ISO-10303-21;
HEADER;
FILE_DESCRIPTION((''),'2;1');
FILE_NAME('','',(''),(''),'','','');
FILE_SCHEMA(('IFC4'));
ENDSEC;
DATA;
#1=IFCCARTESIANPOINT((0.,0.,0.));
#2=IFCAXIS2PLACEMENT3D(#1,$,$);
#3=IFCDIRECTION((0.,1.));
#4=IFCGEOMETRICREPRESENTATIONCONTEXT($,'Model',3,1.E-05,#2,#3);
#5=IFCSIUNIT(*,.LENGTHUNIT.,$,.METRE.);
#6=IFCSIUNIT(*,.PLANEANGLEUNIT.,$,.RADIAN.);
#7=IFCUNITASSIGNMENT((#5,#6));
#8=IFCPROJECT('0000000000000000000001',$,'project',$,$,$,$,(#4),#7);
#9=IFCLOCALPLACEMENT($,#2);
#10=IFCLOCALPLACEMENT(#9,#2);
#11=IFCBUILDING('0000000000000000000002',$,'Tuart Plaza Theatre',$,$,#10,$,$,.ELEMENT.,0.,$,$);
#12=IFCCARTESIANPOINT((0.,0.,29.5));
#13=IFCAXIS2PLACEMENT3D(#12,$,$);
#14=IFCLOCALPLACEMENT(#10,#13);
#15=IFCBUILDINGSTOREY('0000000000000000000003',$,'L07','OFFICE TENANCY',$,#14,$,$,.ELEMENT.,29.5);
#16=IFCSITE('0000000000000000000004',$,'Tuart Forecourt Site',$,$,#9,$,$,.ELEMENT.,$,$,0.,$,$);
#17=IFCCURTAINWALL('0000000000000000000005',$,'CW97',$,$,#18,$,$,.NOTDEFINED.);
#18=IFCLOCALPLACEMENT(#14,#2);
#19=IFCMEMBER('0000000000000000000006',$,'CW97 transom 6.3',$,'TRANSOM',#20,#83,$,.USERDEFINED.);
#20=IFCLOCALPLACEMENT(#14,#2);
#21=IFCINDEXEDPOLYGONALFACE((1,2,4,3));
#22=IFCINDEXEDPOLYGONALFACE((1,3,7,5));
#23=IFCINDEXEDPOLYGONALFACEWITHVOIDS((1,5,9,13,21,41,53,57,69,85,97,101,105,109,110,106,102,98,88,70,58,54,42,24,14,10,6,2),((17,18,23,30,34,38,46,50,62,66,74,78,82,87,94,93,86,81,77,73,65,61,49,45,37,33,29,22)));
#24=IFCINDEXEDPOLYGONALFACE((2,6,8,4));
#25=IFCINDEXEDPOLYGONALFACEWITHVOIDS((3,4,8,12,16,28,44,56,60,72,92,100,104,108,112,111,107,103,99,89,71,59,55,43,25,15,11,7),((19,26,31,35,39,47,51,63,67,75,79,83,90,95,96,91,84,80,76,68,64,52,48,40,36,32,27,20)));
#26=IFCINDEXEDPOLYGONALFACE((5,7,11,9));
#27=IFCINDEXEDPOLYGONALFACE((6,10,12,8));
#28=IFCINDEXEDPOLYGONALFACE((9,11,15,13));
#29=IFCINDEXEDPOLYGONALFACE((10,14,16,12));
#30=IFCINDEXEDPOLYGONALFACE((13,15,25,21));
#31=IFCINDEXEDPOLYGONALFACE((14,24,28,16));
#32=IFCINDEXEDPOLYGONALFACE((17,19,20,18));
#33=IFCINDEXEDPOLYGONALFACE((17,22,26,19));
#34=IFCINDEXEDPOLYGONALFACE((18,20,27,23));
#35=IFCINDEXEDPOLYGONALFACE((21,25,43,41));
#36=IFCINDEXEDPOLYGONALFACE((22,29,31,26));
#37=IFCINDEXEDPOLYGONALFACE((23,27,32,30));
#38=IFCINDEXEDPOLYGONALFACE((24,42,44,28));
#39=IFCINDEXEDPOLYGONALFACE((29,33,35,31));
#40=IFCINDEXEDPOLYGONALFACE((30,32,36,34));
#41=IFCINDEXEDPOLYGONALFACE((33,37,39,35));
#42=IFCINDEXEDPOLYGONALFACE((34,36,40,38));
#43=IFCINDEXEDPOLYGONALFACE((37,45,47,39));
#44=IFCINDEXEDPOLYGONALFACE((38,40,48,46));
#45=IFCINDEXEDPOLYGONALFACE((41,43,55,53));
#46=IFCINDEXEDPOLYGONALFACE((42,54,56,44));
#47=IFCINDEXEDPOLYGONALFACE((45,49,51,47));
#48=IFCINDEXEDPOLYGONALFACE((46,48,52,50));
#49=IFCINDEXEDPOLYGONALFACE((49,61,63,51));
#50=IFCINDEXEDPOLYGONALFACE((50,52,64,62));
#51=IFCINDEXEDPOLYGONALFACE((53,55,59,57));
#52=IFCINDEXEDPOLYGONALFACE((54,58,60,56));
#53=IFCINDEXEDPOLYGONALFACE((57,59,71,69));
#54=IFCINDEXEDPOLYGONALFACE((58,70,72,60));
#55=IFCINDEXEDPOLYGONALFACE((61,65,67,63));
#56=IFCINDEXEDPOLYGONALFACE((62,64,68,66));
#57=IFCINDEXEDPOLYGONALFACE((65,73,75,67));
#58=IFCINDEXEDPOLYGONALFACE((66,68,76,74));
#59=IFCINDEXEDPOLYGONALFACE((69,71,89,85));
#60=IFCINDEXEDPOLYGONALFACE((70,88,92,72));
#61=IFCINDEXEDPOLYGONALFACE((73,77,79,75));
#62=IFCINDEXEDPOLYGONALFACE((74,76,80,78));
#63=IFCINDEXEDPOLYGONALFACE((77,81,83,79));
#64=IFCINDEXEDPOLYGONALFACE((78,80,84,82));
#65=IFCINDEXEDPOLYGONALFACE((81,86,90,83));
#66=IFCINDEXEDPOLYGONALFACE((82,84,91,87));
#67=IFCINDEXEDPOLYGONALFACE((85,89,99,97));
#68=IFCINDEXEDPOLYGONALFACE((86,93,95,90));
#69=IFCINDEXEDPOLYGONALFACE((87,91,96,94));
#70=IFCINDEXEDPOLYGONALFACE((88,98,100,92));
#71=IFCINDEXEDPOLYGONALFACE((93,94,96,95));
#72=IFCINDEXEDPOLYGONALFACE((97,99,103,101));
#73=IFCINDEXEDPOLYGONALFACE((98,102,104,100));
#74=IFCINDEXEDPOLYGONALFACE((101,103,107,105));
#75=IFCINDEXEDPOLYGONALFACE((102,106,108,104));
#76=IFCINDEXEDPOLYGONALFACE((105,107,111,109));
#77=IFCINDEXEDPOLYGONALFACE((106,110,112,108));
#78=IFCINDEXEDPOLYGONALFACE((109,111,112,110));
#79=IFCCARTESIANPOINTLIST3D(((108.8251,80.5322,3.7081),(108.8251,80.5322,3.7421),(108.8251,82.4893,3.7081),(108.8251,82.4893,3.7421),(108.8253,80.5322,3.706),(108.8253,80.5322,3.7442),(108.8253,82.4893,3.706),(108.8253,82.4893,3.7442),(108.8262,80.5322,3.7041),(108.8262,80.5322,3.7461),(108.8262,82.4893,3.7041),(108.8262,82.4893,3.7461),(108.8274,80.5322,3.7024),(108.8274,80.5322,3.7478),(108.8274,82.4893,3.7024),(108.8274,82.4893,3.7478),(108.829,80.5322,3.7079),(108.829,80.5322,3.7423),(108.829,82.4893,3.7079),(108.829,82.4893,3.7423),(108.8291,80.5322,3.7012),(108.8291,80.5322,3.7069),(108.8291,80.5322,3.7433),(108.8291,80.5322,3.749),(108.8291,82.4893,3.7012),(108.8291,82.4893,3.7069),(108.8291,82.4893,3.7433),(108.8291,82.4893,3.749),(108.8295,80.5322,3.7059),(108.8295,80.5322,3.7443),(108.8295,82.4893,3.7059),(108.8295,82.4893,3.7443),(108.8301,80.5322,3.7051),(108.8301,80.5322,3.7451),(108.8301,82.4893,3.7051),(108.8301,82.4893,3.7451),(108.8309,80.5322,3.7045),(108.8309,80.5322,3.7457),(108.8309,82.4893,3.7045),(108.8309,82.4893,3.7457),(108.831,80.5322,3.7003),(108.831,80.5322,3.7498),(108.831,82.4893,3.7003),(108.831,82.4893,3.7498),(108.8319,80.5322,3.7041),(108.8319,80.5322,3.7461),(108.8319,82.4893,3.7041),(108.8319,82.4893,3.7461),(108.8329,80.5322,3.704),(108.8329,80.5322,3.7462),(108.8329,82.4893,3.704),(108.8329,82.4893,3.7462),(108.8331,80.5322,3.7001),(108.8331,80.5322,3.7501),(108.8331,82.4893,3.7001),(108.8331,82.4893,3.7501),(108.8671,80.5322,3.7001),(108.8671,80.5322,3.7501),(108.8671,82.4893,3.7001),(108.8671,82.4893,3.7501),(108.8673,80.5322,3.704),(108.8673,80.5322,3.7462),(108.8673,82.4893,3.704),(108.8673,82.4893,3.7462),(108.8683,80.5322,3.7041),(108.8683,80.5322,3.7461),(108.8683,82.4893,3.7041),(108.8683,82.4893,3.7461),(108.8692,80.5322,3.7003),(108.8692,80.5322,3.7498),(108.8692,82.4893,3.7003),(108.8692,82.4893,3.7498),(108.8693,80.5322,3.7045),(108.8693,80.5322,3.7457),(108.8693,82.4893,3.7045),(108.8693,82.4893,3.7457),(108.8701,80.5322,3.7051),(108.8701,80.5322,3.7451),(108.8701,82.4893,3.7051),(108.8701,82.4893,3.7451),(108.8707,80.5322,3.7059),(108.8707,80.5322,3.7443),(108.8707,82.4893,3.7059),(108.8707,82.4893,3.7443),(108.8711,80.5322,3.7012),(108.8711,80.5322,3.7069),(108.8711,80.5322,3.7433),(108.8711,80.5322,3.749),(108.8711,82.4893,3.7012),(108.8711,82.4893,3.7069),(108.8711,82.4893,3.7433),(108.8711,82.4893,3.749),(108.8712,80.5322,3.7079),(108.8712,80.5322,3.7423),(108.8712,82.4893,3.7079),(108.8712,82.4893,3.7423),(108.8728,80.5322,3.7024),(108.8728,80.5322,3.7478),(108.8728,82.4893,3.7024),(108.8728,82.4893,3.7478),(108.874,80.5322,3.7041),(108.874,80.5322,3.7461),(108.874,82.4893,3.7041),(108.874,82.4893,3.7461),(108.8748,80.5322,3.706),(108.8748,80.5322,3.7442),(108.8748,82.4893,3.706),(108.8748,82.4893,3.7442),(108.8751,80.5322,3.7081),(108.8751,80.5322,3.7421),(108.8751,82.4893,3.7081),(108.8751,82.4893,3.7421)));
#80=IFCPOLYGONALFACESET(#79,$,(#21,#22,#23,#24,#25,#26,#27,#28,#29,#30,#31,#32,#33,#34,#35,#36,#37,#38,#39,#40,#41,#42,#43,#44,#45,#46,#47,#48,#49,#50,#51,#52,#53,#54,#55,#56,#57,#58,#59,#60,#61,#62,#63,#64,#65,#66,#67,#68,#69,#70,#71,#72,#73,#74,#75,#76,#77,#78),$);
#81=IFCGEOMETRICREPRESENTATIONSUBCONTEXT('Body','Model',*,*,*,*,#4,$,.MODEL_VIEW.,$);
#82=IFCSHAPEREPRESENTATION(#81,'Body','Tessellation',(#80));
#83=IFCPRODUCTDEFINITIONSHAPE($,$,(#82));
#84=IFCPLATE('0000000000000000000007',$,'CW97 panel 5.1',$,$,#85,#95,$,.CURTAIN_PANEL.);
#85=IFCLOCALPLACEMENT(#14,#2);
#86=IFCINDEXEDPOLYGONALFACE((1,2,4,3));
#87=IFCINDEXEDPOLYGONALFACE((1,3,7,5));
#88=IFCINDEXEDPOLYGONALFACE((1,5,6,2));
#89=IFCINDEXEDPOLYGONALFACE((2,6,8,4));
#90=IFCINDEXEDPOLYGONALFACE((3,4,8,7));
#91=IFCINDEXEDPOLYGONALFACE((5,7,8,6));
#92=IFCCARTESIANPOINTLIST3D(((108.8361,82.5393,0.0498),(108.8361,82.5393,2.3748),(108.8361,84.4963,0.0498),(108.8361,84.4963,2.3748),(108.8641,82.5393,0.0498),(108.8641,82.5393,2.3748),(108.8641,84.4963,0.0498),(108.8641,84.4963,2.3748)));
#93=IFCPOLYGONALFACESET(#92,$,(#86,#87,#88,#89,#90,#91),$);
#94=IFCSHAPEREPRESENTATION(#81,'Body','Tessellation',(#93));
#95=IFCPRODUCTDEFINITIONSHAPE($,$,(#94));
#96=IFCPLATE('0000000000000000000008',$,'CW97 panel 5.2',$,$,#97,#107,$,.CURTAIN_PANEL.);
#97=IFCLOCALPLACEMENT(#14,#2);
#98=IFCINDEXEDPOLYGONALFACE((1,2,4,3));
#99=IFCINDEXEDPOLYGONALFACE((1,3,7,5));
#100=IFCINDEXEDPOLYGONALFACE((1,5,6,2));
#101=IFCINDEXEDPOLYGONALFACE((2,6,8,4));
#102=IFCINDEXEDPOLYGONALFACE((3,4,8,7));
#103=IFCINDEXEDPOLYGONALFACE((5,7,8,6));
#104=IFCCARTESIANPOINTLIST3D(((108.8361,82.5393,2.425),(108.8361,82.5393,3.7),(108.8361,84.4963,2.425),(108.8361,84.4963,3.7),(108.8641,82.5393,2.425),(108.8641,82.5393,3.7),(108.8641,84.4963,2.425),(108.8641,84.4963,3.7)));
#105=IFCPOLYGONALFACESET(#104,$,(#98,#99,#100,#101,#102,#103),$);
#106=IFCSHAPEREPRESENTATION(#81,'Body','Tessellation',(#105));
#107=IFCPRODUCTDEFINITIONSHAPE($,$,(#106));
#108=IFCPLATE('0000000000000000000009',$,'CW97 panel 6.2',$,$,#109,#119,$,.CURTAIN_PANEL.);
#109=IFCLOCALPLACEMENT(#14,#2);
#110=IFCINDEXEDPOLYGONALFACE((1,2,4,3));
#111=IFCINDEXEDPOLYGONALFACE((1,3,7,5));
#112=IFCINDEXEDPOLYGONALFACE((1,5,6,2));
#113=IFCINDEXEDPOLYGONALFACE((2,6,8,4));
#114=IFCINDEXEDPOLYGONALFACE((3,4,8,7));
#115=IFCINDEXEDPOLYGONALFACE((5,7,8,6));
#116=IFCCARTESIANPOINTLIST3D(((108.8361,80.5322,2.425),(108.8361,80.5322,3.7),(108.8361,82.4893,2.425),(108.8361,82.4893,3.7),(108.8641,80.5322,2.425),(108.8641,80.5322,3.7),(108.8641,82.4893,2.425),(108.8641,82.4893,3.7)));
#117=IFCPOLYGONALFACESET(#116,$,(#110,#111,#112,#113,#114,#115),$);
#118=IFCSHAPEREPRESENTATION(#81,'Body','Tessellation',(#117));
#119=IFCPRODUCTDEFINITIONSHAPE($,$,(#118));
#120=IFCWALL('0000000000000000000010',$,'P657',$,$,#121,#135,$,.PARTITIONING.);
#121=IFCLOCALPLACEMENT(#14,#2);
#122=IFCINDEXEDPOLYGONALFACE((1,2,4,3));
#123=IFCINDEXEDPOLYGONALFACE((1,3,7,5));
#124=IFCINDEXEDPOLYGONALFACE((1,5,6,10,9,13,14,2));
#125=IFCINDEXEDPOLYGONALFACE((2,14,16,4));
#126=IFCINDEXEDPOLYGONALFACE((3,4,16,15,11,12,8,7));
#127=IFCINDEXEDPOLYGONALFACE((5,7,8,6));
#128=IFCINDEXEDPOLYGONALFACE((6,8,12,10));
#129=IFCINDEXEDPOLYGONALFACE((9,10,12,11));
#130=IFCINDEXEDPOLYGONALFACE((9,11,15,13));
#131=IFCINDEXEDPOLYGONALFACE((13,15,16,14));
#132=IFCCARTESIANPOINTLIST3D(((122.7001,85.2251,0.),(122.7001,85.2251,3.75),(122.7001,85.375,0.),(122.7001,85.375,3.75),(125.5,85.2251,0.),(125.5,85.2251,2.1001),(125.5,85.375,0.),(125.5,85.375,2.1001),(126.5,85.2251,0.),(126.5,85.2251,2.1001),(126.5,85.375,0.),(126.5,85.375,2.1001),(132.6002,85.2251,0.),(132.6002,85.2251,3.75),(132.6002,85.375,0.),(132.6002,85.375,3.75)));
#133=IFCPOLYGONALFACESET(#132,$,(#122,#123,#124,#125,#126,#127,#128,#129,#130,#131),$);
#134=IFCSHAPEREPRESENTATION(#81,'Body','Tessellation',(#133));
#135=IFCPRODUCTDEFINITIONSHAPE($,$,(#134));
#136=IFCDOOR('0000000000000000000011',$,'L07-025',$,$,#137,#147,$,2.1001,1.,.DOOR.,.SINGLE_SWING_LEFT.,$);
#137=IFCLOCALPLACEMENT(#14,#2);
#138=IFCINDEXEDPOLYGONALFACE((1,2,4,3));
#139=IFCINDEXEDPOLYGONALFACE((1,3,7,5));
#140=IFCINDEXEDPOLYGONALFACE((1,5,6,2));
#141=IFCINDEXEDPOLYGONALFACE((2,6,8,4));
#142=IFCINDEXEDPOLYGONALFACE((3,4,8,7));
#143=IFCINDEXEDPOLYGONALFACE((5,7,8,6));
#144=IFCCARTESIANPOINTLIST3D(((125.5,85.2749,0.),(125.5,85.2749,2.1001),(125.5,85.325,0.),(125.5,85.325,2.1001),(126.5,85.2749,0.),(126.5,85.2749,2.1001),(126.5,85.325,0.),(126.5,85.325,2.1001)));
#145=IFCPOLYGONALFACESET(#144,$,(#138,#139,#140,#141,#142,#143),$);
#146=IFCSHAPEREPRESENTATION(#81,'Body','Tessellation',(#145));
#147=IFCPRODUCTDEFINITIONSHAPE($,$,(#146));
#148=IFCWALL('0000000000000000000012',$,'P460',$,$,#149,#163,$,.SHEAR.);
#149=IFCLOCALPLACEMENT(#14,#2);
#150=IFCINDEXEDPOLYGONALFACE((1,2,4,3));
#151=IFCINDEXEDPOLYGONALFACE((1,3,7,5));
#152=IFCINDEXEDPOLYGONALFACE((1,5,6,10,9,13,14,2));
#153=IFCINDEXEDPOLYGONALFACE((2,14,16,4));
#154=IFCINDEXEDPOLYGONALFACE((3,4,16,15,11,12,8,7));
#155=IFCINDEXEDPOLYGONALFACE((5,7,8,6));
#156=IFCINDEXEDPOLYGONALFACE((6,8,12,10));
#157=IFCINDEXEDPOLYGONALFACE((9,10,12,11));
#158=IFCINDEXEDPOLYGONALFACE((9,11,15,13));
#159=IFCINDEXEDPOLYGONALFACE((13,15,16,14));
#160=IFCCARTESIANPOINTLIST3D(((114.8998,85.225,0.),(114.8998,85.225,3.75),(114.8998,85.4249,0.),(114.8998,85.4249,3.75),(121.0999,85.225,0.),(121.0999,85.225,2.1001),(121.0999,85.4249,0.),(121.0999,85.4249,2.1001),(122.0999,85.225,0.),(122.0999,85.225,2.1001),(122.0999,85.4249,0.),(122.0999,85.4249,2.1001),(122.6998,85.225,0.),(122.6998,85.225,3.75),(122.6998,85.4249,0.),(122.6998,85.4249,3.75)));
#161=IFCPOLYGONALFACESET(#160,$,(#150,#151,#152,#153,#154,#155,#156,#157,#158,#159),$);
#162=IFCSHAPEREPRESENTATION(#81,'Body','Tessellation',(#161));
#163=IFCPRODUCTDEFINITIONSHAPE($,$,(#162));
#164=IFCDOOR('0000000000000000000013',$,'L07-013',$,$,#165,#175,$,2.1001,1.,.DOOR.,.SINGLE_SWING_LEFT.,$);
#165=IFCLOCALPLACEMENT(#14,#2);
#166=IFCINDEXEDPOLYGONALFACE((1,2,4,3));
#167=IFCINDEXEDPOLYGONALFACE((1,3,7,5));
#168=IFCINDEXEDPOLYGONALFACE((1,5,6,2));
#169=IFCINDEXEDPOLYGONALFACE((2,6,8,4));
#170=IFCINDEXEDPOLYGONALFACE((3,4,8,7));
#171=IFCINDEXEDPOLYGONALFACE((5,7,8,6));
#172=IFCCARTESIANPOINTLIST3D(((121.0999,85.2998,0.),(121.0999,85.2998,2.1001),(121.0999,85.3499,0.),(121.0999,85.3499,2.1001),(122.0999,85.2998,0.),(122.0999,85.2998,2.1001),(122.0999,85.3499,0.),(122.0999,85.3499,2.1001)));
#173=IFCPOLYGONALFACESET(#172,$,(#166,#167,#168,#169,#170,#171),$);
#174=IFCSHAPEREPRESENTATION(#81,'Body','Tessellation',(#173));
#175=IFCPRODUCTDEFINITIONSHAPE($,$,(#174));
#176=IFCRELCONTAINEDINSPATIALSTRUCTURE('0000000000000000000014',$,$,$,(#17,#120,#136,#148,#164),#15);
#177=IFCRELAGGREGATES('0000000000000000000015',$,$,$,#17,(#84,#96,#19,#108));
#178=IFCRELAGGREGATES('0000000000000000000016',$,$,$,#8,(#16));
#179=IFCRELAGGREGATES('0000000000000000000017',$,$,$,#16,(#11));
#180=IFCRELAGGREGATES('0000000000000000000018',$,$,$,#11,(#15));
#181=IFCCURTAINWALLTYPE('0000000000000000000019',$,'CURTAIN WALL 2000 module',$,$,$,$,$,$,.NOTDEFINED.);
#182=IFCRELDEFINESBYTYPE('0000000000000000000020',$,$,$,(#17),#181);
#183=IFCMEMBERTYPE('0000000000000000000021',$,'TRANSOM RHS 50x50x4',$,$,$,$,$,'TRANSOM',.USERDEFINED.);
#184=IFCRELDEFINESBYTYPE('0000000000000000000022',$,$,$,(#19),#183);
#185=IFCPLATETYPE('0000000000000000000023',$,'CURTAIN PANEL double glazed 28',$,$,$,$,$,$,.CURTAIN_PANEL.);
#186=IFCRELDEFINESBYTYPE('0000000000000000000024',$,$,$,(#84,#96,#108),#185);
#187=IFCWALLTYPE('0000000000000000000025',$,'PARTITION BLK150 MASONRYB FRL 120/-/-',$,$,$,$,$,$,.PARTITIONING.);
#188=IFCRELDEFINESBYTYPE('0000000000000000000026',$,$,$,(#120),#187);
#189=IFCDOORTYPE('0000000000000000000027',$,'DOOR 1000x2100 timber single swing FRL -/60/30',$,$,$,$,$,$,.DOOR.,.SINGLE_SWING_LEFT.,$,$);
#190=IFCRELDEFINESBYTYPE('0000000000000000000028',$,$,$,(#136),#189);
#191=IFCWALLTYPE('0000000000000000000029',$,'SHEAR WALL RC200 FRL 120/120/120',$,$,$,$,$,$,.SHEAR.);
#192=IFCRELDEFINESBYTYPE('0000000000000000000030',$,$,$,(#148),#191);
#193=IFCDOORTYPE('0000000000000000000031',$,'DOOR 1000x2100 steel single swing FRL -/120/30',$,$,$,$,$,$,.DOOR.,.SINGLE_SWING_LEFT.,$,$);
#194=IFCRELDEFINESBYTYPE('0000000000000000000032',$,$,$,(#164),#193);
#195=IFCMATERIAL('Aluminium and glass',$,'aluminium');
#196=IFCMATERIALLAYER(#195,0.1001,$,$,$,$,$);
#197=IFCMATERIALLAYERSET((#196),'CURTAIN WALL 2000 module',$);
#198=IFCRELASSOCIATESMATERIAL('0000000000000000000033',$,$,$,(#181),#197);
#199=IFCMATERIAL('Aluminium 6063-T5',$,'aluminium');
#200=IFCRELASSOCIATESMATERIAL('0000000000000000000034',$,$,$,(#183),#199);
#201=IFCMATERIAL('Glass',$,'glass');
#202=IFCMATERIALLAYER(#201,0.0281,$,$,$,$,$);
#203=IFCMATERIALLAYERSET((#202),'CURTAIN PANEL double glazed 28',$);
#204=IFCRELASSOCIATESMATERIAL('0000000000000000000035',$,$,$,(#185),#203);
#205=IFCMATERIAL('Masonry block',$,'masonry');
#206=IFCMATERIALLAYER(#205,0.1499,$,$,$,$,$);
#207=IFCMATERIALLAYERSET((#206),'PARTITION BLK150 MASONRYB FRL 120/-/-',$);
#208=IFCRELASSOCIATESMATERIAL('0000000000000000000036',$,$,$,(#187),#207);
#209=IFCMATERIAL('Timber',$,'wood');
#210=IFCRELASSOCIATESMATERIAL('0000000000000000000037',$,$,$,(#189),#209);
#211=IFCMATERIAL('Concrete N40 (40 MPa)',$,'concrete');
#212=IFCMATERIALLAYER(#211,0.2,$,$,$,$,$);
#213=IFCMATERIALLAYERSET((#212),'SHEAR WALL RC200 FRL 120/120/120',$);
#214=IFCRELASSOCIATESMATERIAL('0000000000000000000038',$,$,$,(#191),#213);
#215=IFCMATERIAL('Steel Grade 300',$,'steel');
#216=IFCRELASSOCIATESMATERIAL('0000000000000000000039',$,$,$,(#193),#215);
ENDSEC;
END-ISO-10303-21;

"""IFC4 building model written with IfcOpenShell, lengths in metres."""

from ifc_helpers import new_model, si_unit, direction, frame, frame_2d, origin, origin_2d, place, context, subcontext, project, spatial, rectangle, hollow_rectangle, extrude, material, layer, layer_set, material_profile, profile_set, type_object, element, fill, aggregate, save


model = new_model("IFC4")

# Units and contexts
model_context = context("Model", 3, precision=1e-05, world=origin(), true_north=direction((0.0, 1.0)))
body_context = subcontext(model_context, "Body", "Model", "MODEL_VIEW")
ifc_project = project(units=[si_unit("LENGTHUNIT", "METRE"), si_unit("PLANEANGLEUNIT", "RADIAN")], contexts=[model_context])

# Site, building, storey
site_placement = place(None, origin())
site = spatial("IfcSite", under=ifc_project, at=site_placement, Name="Tuart Forecourt Site", CompositionType="ELEMENT", RefElevation=0.0)
building_placement = place(site_placement, origin())
building = spatial("IfcBuilding", under=site, at=building_placement, Name="Tuart Plaza Theatre", CompositionType="ELEMENT", ElevationOfRefHeight=0.0)
storey_placement = place(building_placement, frame((0.0, 0.0, 29.5)))
storey = spatial("IfcBuildingStorey", under=building, at=storey_placement, Name="L07", Description="OFFICE TENANCY", CompositionType="ELEMENT", Elevation=29.5)

# Curtain wall, member, plates
ifc_material_1 = material(Name="Aluminium and glass", Category="aluminium")
ifc_layer_1 = layer(ifc_material_1, 0.1001)
ifc_layer_set_1 = layer_set([ifc_layer_1], Name="CURTAIN WALL 2000 module")
curtain_wall_type = type_object("IfcCurtainWallType", Name="CURTAIN WALL 2000 module", PredefinedType="NOTDEFINED", material=ifc_layer_set_1)
curtain_wall_placement = place(storey_placement, origin())
curtain_wall = element("IfcCurtainWall", 1, at=curtain_wall_placement, inside=storey, type_object=curtain_wall_type, Name="CW97", PredefinedType="NOTDEFINED")
ifc_material_2 = material(Name="Aluminium 6063-T5", Category="aluminium")
ifc_material_profile_1 = material_profile(ifc_material_2, hollow_rectangle(XDim=0.05, YDim=0.05, WallThickness=0.0039, InnerFilletRadius=0.0039, OuterFilletRadius=0.0081, at=origin_2d()), Name="RHS 50x50x4")
ifc_profile_set_1 = profile_set([ifc_material_profile_1], Name="Aluminium 6063-T5")
member_type = type_object("IfcMemberType", Name="TRANSOM RHS 50x50x4", ElementType="TRANSOM", PredefinedType="USERDEFINED", material=ifc_profile_set_1)
member_1_placement = place(storey_placement, frame((108.8501, 82.4893, 3.7251), z_axis=(0.0, -1.0, 0.0), x_axis=(1.0, 0.0, 0.0)))
member_1 = element("IfcMember", 2, at=member_1_placement, type_object=member_type, Name="CW97 transom 6.3", ObjectType="TRANSOM", PredefinedType="USERDEFINED", context=body_context, shape_type="SweptSolid", body=[
    extrude(hollow_rectangle(XDim=0.05, YDim=0.05, WallThickness=0.0039, InnerFilletRadius=0.0039, OuterFilletRadius=0.0081, at=origin_2d()), origin(), (0.0, 0.0, 1.0), 1.957),
])
ifc_material_3 = material(Name="Glass", Category="glass")
ifc_layer_2 = layer(ifc_material_3, 0.0281)
ifc_layer_set_2 = layer_set([ifc_layer_2], Name="CURTAIN PANEL double glazed 28")
plate_type = type_object("IfcPlateType", Name="CURTAIN PANEL double glazed 28", PredefinedType="CURTAIN_PANEL", material=ifc_layer_set_2)
plate_1_placement = place(storey_placement, frame((108.8501, 83.5178, 0.0498), z_axis=(0.0, 0.0, 1.0), x_axis=(0.0, -1.0, 0.0)))
plate_1 = element("IfcPlate", 3, at=plate_1_placement, type_object=plate_type, Name="CW97 panel 5.1", PredefinedType="CURTAIN_PANEL", context=body_context, shape_type="SweptSolid", body=[
    extrude(rectangle(XDim=1.957, YDim=0.0281, at=origin_2d()), origin(), (0.0, 0.0, 1.0), 2.325),
])
plate_2_placement = place(storey_placement, frame((108.8501, 83.5178, 2.425), z_axis=(0.0, 0.0, 1.0), x_axis=(0.0, -1.0, 0.0)))
plate_2 = element("IfcPlate", 4, at=plate_2_placement, type_object=plate_type, Name="CW97 panel 5.2", PredefinedType="CURTAIN_PANEL", context=body_context, shape_type="SweptSolid", body=[
    extrude(rectangle(XDim=1.957, YDim=0.0281, at=origin_2d()), origin(), (0.0, 0.0, 1.0), 1.2749),
])
plate_3_placement = place(storey_placement, frame((108.8501, 81.5107, 2.425), z_axis=(0.0, 0.0, 1.0), x_axis=(0.0, -1.0, 0.0)))
plate_3 = element("IfcPlate", 5, at=plate_3_placement, type_object=plate_type, Name="CW97 panel 6.2", PredefinedType="CURTAIN_PANEL", context=body_context, shape_type="SweptSolid", body=[
    extrude(rectangle(XDim=1.957, YDim=0.0281, at=origin_2d()), origin(), (0.0, 0.0, 1.0), 1.2749),
])
aggregate(curtain_wall, [plate_1, plate_2, member_1, plate_3])

# Walls, openings, doors
ifc_material_4 = material(Name="Masonry block", Category="masonry")
ifc_layer_3 = layer(ifc_material_4, 0.1499)
ifc_layer_set_3 = layer_set([ifc_layer_3], Name="PARTITION BLK150 MASONRYB FRL 120/-/-")
wall_type_1 = type_object("IfcWallType", Name="PARTITION BLK150 MASONRYB FRL 120/-/-", PredefinedType="PARTITIONING", material=ifc_layer_set_3)
wall_1_placement = place(storey_placement, frame((122.7, 85.3, 0.0), z_axis=(0.0, 0.0, 1.0), x_axis=(1.0, 0.0, 0.0)))
wall_1 = element("IfcWall", 6, at=wall_1_placement, inside=storey, type_object=wall_type_1, Name="P657", PredefinedType="PARTITIONING", context=body_context, shape_type="SweptSolid", body=[
    extrude(rectangle(XDim=9.9001, YDim=0.1499, at=frame_2d((4.9502, 0.0))), origin(), (0.0, 0.0, 1.0), 3.75),
])
opening_1_placement = place(wall_1_placement, frame((2.8, 0.0, 0.0)))
opening_1 = element("IfcOpeningElement", 7, at=opening_1_placement, cuts=wall_1, PredefinedType="OPENING", context=body_context, shape_type="SweptSolid", body=[
    extrude(rectangle(XDim=1.0, YDim=2.1001, at=frame_2d((0.5, 1.05))), frame((0.0, 0.085, 0.0), z_axis=(0.0, -1.0, 0.0), x_axis=(1.0, 0.0, 0.0)), (0.0, 0.0, 1.0), 0.1699),
])
ifc_material_5 = material(Name="Timber", Category="wood")
door_type_1 = type_object("IfcDoorType", Name="DOOR 1000x2100 timber single swing FRL -/60/30", OperationType="SINGLE_SWING_LEFT", PredefinedType="DOOR", material=ifc_material_5)
door_1_placement = place(opening_1_placement, origin())
door_1 = element("IfcDoor", 8, at=door_1_placement, inside=storey, type_object=door_type_1, Name="L07-025", OperationType="SINGLE_SWING_LEFT", OverallHeight=2.1001, OverallWidth=1.0, PredefinedType="DOOR", context=body_context, shape_type="SweptSolid", body=[
    extrude(rectangle(XDim=1.0, YDim=2.1001, at=frame_2d((0.5, 1.05))), frame((0.0, 0.0249, 0.0), z_axis=(0.0, -1.0, 0.0), x_axis=(1.0, 0.0, 0.0)), (0.0, 0.0, 1.0), 0.05),
])
fill(opening_1, door_1)
ifc_material_6 = material(Name="Concrete N40 (40 MPa)", Category="concrete")
ifc_layer_4 = layer(ifc_material_6, 0.2)
ifc_layer_set_4 = layer_set([ifc_layer_4], Name="SHEAR WALL RC200 FRL 120/120/120")
wall_type_2 = type_object("IfcWallType", Name="SHEAR WALL RC200 FRL 120/120/120", PredefinedType="SHEAR", material=ifc_layer_set_4)
wall_2_placement = place(storey_placement, frame((114.8999, 85.325, 0.0), z_axis=(0.0, 0.0, 1.0), x_axis=(1.0, 0.0, 0.0)))
wall_2 = element("IfcWall", 9, at=wall_2_placement, inside=storey, type_object=wall_type_2, Name="P460", PredefinedType="SHEAR", context=body_context, shape_type="SweptSolid", body=[
    extrude(rectangle(XDim=7.8, YDim=0.2, at=frame_2d((3.8999, 0.0))), origin(), (0.0, 0.0, 1.0), 3.75),
])
opening_2_placement = place(wall_2_placement, frame((6.2, 0.0, 0.0)))
opening_2 = element("IfcOpeningElement", 10, at=opening_2_placement, cuts=wall_2, PredefinedType="OPENING", context=body_context, shape_type="SweptSolid", body=[
    extrude(rectangle(XDim=1.0, YDim=2.1001, at=frame_2d((0.5, 1.05))), frame((0.0, 0.1099, 0.0), z_axis=(0.0, -1.0, 0.0), x_axis=(1.0, 0.0, 0.0)), (0.0, 0.0, 1.0), 0.22),
])
ifc_material_7 = material(Name="Steel Grade 300", Category="steel")
door_type_2 = type_object("IfcDoorType", Name="DOOR 1000x2100 steel single swing FRL -/120/30", OperationType="SINGLE_SWING_LEFT", PredefinedType="DOOR", material=ifc_material_7)
door_2_placement = place(opening_2_placement, origin())
door_2 = element("IfcDoor", 11, at=door_2_placement, inside=storey, type_object=door_type_2, Name="L07-013", OperationType="SINGLE_SWING_LEFT", OverallHeight=2.1001, OverallWidth=1.0, PredefinedType="DOOR", context=body_context, shape_type="SweptSolid", body=[
    extrude(rectangle(XDim=1.0, YDim=2.1001, at=frame_2d((0.5, 1.05))), frame((0.0, 0.0249, 0.0), z_axis=(0.0, -1.0, 0.0), x_axis=(1.0, 0.0, 0.0)), (0.0, 0.0, 1.0), 0.05),
])
fill(opening_2, door_2)

save(model, "model.ifc")
